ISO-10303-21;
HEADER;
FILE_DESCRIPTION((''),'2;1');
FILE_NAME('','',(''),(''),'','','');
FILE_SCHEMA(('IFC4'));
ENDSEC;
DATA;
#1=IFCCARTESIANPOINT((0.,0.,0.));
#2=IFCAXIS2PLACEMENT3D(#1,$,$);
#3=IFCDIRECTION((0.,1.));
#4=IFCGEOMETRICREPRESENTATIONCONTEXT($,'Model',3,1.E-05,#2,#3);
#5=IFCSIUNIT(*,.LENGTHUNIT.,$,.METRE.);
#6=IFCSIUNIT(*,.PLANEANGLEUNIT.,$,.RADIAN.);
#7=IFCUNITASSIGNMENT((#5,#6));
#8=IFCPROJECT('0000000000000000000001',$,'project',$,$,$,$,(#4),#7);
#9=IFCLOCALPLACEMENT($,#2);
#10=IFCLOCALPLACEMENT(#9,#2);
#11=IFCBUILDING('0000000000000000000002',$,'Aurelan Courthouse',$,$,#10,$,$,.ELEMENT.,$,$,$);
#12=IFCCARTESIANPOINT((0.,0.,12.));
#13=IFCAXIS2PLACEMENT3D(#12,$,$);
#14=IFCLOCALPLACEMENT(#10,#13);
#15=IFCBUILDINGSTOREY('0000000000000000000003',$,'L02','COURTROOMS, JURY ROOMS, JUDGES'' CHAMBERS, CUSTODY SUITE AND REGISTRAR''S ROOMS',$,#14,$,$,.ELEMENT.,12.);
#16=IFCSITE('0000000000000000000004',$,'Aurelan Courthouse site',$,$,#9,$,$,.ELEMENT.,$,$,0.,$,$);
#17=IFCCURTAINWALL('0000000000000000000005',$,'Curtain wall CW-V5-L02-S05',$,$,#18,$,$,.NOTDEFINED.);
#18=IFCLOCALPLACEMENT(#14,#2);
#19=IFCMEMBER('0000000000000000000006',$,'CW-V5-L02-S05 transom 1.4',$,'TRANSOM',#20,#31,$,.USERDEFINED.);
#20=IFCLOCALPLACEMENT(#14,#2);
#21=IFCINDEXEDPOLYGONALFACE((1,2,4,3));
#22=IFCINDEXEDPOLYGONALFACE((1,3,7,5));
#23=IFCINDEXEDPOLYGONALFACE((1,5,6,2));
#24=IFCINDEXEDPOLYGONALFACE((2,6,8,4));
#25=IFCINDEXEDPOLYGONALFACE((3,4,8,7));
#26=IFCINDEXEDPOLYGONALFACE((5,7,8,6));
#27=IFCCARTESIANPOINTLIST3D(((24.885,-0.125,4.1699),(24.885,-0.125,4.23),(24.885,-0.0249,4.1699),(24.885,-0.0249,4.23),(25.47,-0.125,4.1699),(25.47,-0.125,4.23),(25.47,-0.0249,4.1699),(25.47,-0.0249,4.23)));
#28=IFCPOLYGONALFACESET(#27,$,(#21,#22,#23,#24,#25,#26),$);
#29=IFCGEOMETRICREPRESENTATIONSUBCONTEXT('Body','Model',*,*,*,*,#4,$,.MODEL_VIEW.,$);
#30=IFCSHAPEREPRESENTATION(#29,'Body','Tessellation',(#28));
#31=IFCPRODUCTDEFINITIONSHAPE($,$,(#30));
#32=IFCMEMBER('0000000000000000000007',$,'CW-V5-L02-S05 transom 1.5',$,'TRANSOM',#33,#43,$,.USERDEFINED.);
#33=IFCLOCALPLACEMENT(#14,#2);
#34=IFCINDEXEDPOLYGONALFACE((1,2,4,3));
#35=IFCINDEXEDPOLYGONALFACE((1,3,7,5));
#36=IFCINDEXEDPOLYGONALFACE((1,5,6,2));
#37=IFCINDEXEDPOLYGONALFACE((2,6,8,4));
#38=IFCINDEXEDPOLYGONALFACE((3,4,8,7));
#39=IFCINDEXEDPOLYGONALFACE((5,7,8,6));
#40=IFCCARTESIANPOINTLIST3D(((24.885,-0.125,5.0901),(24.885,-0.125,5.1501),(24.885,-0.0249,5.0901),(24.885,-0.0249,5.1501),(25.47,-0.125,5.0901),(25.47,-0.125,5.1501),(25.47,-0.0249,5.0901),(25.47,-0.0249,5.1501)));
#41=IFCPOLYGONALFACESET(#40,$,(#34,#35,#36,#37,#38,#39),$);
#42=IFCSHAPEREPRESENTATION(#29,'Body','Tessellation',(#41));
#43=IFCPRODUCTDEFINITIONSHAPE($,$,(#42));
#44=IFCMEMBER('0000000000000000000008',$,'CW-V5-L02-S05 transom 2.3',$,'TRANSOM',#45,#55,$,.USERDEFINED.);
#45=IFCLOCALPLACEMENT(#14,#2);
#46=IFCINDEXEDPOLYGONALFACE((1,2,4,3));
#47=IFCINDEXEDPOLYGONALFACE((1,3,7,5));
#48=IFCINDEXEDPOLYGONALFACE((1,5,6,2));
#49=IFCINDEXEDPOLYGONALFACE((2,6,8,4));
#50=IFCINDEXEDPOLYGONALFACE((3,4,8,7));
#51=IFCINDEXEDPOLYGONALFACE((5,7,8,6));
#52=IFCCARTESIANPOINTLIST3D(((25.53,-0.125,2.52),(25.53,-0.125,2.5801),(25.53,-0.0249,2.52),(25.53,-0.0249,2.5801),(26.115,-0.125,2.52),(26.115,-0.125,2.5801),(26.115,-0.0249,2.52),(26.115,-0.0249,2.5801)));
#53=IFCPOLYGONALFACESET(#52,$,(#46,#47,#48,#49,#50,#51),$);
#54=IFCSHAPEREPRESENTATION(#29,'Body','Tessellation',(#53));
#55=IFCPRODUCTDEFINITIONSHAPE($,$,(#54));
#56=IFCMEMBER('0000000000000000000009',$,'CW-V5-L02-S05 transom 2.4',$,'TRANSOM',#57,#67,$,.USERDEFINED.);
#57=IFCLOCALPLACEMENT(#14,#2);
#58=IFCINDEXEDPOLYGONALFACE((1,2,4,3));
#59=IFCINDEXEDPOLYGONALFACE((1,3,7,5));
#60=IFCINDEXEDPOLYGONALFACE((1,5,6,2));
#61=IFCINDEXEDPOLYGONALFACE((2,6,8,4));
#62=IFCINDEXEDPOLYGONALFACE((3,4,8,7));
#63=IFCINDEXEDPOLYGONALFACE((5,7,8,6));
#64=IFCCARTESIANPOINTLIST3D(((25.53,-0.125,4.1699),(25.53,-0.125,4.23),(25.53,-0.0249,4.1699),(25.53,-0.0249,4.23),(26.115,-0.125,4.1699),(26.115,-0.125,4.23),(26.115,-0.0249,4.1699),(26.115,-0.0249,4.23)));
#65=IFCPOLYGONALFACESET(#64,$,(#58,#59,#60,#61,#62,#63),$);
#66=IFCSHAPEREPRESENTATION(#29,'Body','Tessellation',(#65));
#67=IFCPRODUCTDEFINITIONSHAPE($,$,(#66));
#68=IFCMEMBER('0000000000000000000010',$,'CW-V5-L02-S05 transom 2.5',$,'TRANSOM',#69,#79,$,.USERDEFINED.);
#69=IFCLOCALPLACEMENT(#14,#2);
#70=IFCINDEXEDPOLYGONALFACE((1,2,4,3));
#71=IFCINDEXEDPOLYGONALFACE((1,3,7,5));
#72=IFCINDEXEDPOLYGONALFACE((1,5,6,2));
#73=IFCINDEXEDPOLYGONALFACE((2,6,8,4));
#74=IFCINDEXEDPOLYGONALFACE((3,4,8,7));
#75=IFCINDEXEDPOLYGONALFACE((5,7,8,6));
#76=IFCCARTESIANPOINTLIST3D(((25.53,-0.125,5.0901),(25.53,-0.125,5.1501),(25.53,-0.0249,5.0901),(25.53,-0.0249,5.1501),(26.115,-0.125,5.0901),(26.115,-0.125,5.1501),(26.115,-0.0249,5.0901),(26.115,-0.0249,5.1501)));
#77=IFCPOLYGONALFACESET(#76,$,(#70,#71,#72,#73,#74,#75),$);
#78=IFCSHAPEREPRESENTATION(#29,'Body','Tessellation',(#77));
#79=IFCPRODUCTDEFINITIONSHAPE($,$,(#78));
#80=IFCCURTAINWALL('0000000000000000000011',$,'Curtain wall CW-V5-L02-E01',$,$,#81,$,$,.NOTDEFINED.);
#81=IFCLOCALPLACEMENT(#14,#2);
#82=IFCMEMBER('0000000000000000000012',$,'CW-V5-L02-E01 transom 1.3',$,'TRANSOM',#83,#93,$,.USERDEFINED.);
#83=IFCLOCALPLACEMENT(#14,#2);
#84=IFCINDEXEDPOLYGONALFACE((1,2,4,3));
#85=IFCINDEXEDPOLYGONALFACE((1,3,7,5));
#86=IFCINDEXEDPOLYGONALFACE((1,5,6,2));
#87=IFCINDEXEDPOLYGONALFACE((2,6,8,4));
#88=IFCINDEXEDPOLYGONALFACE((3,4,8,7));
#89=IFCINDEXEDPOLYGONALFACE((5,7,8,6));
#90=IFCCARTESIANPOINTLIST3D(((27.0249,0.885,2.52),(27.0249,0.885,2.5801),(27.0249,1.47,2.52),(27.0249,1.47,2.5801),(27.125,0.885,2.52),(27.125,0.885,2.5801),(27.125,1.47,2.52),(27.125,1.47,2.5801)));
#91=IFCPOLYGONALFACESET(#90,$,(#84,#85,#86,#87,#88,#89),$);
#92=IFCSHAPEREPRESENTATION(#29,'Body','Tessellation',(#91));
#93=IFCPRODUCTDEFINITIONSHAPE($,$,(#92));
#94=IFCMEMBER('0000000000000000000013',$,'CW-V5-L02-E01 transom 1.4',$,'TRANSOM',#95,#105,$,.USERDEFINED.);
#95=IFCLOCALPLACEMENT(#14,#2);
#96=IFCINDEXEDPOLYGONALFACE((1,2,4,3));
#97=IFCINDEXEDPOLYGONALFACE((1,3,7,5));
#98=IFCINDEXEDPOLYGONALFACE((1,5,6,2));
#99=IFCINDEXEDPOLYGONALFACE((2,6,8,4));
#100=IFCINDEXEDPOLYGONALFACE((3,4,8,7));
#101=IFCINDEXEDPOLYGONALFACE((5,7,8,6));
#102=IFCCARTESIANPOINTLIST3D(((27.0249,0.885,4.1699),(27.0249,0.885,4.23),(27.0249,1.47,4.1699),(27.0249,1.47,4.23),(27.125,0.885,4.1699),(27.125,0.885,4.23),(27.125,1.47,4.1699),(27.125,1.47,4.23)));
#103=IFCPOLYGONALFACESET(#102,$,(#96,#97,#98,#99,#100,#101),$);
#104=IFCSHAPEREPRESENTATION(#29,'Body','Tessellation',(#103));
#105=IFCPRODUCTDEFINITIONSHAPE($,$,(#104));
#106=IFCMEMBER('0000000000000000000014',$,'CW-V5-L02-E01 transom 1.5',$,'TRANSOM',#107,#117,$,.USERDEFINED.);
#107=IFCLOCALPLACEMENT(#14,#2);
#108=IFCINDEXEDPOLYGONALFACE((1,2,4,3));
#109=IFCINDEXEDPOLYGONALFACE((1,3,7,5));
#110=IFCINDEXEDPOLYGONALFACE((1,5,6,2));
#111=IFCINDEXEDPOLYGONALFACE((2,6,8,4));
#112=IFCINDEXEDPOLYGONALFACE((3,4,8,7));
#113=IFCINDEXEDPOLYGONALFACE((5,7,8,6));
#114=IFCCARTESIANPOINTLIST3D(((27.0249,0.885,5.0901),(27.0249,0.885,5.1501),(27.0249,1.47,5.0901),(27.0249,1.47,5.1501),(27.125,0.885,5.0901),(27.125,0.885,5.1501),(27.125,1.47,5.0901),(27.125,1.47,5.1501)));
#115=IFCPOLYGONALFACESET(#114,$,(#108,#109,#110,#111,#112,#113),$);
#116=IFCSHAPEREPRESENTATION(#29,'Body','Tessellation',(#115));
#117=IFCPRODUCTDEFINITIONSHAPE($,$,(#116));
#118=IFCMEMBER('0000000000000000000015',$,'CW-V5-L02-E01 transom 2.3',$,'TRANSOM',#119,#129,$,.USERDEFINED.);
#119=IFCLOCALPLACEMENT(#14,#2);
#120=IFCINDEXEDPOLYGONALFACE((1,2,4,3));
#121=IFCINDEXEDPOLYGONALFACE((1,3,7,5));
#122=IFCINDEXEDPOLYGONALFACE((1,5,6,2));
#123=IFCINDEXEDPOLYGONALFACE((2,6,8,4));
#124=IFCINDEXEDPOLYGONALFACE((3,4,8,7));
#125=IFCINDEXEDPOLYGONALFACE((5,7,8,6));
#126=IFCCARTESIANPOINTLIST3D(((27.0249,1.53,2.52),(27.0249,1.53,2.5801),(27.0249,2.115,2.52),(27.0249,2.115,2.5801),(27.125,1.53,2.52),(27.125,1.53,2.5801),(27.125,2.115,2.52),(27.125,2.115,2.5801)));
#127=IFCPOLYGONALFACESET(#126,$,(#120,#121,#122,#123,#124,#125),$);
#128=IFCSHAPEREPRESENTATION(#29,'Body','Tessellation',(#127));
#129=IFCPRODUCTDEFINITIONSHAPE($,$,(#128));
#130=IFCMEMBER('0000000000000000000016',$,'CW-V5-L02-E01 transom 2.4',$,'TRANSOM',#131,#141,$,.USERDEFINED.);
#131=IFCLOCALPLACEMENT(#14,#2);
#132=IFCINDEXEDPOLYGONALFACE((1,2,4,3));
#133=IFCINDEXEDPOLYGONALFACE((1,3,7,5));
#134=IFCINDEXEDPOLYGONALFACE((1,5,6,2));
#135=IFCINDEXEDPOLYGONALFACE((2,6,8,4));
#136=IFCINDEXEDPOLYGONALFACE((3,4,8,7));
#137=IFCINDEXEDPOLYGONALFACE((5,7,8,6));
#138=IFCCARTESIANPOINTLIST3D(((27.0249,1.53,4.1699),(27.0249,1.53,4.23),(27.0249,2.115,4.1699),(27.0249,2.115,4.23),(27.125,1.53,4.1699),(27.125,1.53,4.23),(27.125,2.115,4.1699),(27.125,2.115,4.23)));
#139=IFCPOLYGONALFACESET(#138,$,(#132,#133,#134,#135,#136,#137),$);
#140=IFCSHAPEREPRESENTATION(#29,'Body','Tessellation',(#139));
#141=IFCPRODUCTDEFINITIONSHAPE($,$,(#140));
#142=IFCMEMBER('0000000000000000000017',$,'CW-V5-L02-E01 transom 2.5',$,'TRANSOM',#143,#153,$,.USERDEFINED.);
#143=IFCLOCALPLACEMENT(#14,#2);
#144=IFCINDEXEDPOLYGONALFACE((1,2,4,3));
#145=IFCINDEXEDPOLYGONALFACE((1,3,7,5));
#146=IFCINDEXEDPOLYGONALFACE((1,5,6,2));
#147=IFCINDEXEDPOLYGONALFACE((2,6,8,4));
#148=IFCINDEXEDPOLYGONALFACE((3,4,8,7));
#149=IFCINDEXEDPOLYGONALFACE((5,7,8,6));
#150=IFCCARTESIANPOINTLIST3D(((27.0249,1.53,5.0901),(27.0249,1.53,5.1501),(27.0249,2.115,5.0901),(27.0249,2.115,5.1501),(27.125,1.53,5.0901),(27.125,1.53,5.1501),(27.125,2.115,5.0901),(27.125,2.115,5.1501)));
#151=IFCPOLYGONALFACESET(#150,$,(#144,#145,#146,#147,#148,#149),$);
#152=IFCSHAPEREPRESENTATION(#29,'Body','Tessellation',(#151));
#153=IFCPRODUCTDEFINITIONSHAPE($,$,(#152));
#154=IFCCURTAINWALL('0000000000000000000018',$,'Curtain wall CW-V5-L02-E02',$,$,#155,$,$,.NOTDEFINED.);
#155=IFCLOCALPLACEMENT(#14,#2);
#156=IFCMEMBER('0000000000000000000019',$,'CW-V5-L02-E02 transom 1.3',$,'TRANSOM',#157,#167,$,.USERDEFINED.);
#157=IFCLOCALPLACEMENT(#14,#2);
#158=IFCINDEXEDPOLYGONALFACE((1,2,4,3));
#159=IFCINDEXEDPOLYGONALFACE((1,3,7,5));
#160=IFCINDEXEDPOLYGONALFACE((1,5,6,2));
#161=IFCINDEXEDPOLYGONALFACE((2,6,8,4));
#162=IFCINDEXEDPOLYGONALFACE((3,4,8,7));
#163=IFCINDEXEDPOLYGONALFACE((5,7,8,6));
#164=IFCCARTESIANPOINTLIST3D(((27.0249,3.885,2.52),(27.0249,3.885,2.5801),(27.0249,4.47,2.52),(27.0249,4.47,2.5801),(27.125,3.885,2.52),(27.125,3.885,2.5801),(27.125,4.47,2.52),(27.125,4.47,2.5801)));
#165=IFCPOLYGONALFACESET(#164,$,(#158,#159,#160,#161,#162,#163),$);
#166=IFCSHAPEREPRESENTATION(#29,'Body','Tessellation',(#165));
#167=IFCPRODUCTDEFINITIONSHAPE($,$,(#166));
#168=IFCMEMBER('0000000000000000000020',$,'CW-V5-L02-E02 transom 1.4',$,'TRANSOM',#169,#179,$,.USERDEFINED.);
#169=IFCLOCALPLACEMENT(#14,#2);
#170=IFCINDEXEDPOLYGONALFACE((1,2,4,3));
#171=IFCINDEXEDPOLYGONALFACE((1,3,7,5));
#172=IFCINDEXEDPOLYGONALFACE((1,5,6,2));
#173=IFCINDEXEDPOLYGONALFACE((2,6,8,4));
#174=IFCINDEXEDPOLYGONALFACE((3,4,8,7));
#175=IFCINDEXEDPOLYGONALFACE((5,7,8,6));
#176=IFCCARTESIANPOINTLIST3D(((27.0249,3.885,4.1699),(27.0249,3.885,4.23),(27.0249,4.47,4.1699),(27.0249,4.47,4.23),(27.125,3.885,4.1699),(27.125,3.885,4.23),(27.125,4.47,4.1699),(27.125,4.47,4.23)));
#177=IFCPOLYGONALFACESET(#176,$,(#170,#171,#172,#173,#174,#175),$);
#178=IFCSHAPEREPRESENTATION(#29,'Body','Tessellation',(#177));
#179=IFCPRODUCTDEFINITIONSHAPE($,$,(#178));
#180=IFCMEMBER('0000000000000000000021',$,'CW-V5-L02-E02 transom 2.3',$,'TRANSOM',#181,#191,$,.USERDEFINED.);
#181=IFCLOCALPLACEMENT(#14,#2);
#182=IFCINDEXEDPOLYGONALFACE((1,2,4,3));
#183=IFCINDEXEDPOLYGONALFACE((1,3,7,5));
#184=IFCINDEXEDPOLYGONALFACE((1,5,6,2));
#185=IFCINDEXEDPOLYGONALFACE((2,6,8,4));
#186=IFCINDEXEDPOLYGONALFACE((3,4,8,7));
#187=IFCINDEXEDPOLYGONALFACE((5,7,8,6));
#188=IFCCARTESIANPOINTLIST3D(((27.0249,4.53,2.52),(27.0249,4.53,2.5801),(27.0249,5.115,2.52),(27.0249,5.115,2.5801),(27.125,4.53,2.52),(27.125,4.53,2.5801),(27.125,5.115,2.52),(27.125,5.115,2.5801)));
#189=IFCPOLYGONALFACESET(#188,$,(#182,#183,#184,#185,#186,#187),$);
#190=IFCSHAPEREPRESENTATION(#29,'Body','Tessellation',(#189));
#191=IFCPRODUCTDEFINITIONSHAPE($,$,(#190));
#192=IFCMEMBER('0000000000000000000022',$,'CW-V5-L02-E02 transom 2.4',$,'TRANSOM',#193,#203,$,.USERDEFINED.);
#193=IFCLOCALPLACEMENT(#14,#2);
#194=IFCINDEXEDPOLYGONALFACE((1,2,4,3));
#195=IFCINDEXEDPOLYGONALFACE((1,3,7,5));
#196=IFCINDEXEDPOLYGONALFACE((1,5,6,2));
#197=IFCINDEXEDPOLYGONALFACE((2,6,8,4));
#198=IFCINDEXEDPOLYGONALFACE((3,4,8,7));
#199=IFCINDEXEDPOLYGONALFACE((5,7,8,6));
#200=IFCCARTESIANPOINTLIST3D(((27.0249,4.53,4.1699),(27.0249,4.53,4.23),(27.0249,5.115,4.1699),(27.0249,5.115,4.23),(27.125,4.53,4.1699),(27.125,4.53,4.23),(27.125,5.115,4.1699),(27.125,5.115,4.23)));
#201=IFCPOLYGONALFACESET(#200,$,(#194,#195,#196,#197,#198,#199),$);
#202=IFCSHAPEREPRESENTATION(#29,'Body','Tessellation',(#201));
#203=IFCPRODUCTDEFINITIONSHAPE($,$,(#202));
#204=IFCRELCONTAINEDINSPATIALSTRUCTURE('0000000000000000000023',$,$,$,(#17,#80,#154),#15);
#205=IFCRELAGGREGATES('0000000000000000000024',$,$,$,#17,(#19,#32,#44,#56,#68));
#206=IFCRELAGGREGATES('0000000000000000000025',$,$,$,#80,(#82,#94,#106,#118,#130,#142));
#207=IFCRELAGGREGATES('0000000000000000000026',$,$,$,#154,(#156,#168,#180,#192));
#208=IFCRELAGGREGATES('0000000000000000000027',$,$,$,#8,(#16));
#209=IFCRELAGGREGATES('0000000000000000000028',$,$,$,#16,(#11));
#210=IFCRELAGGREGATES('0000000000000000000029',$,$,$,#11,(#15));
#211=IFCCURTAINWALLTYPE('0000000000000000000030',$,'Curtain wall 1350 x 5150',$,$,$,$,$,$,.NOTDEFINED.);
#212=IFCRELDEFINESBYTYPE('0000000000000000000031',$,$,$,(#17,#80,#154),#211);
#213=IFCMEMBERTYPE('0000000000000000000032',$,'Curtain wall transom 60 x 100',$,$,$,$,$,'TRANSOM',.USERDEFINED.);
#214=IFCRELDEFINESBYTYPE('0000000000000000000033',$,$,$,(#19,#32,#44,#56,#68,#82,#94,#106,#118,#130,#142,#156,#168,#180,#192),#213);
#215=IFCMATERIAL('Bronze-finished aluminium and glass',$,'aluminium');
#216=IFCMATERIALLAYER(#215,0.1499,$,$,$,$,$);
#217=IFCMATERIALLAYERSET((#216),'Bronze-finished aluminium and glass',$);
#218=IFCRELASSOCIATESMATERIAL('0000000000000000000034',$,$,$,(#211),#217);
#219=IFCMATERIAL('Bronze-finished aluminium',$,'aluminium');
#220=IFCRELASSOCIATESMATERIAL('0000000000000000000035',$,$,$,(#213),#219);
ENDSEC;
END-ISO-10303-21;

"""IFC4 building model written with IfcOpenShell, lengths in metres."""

from ifc_helpers import new_model, si_unit, direction, frame, origin, origin_2d, place, context, subcontext, project, spatial, rectangle, extrude, material, layer, layer_set, material_profile, profile_set, type_object, element, aggregate, save


model = new_model("IFC4")

# Units and contexts
model_context = context("Model", 3, precision=1e-05, world=origin(), true_north=direction((0.0, 1.0)))
body_context = subcontext(model_context, "Body", "Model", "MODEL_VIEW")
ifc_project = project(units=[si_unit("LENGTHUNIT", "METRE"), si_unit("PLANEANGLEUNIT", "RADIAN")], contexts=[model_context])

# Site, building, storey
site_placement = place(None, origin())
site = spatial("IfcSite", under=ifc_project, at=site_placement, Name="Aurelan Courthouse site", CompositionType="ELEMENT", RefElevation=0.0)
building_placement = place(site_placement, origin())
building = spatial("IfcBuilding", under=site, at=building_placement, Name="Aurelan Courthouse", CompositionType="ELEMENT")
storey_placement = place(building_placement, frame((0.0, 0.0, 12.0)))
storey = spatial("IfcBuildingStorey", under=building, at=storey_placement, Name="L02", Description="COURTROOMS, JURY ROOMS, JUDGES' CHAMBERS, CUSTODY SUITE AND REGISTRAR'S ROOMS", CompositionType="ELEMENT", Elevation=12.0)

# Curtain walls, members
ifc_material_1 = material(Name="Bronze-finished aluminium and glass", Category="aluminium")
ifc_layer_1 = layer(ifc_material_1, 0.1499)
ifc_layer_set_1 = layer_set([ifc_layer_1], Name="Bronze-finished aluminium and glass")
curtain_wall_type = type_object("IfcCurtainWallType", Name="Curtain wall 1350 x 5150", PredefinedType="NOTDEFINED", material=ifc_layer_set_1)
curtain_wall_1_placement = place(storey_placement, origin())
curtain_wall_1 = element("IfcCurtainWall", 1, at=curtain_wall_1_placement, inside=storey, type_object=curtain_wall_type, Name="Curtain wall CW-V5-L02-S05", PredefinedType="NOTDEFINED")
ifc_material_2 = material(Name="Bronze-finished aluminium", Category="aluminium")
ifc_material_profile = material_profile(ifc_material_2, rectangle(XDim=0.1001, YDim=0.0601, at=origin_2d()), Name="Bronze transom 60 x 100")
ifc_profile_set = profile_set([ifc_material_profile], Name="Bronze-finished aluminium")
member_type = type_object("IfcMemberType", Name="Curtain wall transom 60 x 100", ElementType="TRANSOM", PredefinedType="USERDEFINED", material=ifc_profile_set)
member_1_placement = place(storey_placement, frame((24.885, -0.075, 4.2), z_axis=(1.0, 0.0, 0.0), x_axis=(0.0, 1.0, 0.0)))
member_1 = element("IfcMember", 2, at=member_1_placement, type_object=member_type, Name="CW-V5-L02-S05 transom 1.4", ObjectType="TRANSOM", PredefinedType="USERDEFINED", context=body_context, shape_type="SweptSolid", body=[
    extrude(rectangle(XDim=0.1001, YDim=0.0601, at=origin_2d()), origin(), (0.0, 0.0, 1.0), 0.585),
])
member_2_placement = place(storey_placement, frame((24.885, -0.075, 5.1201), z_axis=(1.0, 0.0, 0.0), x_axis=(0.0, 1.0, 0.0)))
member_2 = element("IfcMember", 3, at=member_2_placement, type_object=member_type, Name="CW-V5-L02-S05 transom 1.5", ObjectType="TRANSOM", PredefinedType="USERDEFINED", context=body_context, shape_type="SweptSolid", body=[
    extrude(rectangle(XDim=0.1001, YDim=0.0601, at=origin_2d()), origin(), (0.0, 0.0, 1.0), 0.585),
])
member_3_placement = place(storey_placement, frame((25.53, -0.075, 2.55), z_axis=(1.0, 0.0, 0.0), x_axis=(0.0, 1.0, 0.0)))
member_3 = element("IfcMember", 4, at=member_3_placement, type_object=member_type, Name="CW-V5-L02-S05 transom 2.3", ObjectType="TRANSOM", PredefinedType="USERDEFINED", context=body_context, shape_type="SweptSolid", body=[
    extrude(rectangle(XDim=0.1001, YDim=0.0601, at=origin_2d()), origin(), (0.0, 0.0, 1.0), 0.585),
])
member_4_placement = place(storey_placement, frame((25.53, -0.075, 4.2), z_axis=(1.0, 0.0, 0.0), x_axis=(0.0, 1.0, 0.0)))
member_4 = element("IfcMember", 5, at=member_4_placement, type_object=member_type, Name="CW-V5-L02-S05 transom 2.4", ObjectType="TRANSOM", PredefinedType="USERDEFINED", context=body_context, shape_type="SweptSolid", body=[
    extrude(rectangle(XDim=0.1001, YDim=0.0601, at=origin_2d()), origin(), (0.0, 0.0, 1.0), 0.585),
])
member_5_placement = place(storey_placement, frame((25.53, -0.075, 5.1201), z_axis=(1.0, 0.0, 0.0), x_axis=(0.0, 1.0, 0.0)))
member_5 = element("IfcMember", 6, at=member_5_placement, type_object=member_type, Name="CW-V5-L02-S05 transom 2.5", ObjectType="TRANSOM", PredefinedType="USERDEFINED", context=body_context, shape_type="SweptSolid", body=[
    extrude(rectangle(XDim=0.1001, YDim=0.0601, at=origin_2d()), origin(), (0.0, 0.0, 1.0), 0.585),
])
curtain_wall_2_placement = place(storey_placement, origin())
curtain_wall_2 = element("IfcCurtainWall", 7, at=curtain_wall_2_placement, inside=storey, type_object=curtain_wall_type, Name="Curtain wall CW-V5-L02-E01", PredefinedType="NOTDEFINED")
member_6_placement = place(storey_placement, frame((27.075, 0.885, 2.55), z_axis=(0.0, 1.0, 0.0), x_axis=(-1.0, 0.0, 0.0)))
member_6 = element("IfcMember", 8, at=member_6_placement, type_object=member_type, Name="CW-V5-L02-E01 transom 1.3", ObjectType="TRANSOM", PredefinedType="USERDEFINED", context=body_context, shape_type="SweptSolid", body=[
    extrude(rectangle(XDim=0.1001, YDim=0.0601, at=origin_2d()), origin(), (0.0, 0.0, 1.0), 0.585),
])
member_7_placement = place(storey_placement, frame((27.075, 0.885, 4.2), z_axis=(0.0, 1.0, 0.0), x_axis=(-1.0, 0.0, 0.0)))
member_7 = element("IfcMember", 9, at=member_7_placement, type_object=member_type, Name="CW-V5-L02-E01 transom 1.4", ObjectType="TRANSOM", PredefinedType="USERDEFINED", context=body_context, shape_type="SweptSolid", body=[
    extrude(rectangle(XDim=0.1001, YDim=0.0601, at=origin_2d()), origin(), (0.0, 0.0, 1.0), 0.585),
])
member_8_placement = place(storey_placement, frame((27.075, 0.885, 5.1201), z_axis=(0.0, 1.0, 0.0), x_axis=(-1.0, 0.0, 0.0)))
member_8 = element("IfcMember", 10, at=member_8_placement, type_object=member_type, Name="CW-V5-L02-E01 transom 1.5", ObjectType="TRANSOM", PredefinedType="USERDEFINED", context=body_context, shape_type="SweptSolid", body=[
    extrude(rectangle(XDim=0.1001, YDim=0.0601, at=origin_2d()), origin(), (0.0, 0.0, 1.0), 0.585),
])
member_9_placement = place(storey_placement, frame((27.075, 1.53, 2.55), z_axis=(0.0, 1.0, 0.0), x_axis=(-1.0, 0.0, 0.0)))
member_9 = element("IfcMember", 11, at=member_9_placement, type_object=member_type, Name="CW-V5-L02-E01 transom 2.3", ObjectType="TRANSOM", PredefinedType="USERDEFINED", context=body_context, shape_type="SweptSolid", body=[
    extrude(rectangle(XDim=0.1001, YDim=0.0601, at=origin_2d()), origin(), (0.0, 0.0, 1.0), 0.585),
])
member_10_placement = place(storey_placement, frame((27.075, 1.53, 4.2), z_axis=(0.0, 1.0, 0.0), x_axis=(-1.0, 0.0, 0.0)))
member_10 = element("IfcMember", 12, at=member_10_placement, type_object=member_type, Name="CW-V5-L02-E01 transom 2.4", ObjectType="TRANSOM", PredefinedType="USERDEFINED", context=body_context, shape_type="SweptSolid", body=[
    extrude(rectangle(XDim=0.1001, YDim=0.0601, at=origin_2d()), origin(), (0.0, 0.0, 1.0), 0.585),
])
member_11_placement = place(storey_placement, frame((27.075, 1.53, 5.1201), z_axis=(0.0, 1.0, 0.0), x_axis=(-1.0, 0.0, 0.0)))
member_11 = element("IfcMember", 13, at=member_11_placement, type_object=member_type, Name="CW-V5-L02-E01 transom 2.5", ObjectType="TRANSOM", PredefinedType="USERDEFINED", context=body_context, shape_type="SweptSolid", body=[
    extrude(rectangle(XDim=0.1001, YDim=0.0601, at=origin_2d()), origin(), (0.0, 0.0, 1.0), 0.585),
])
curtain_wall_3_placement = place(storey_placement, origin())
curtain_wall_3 = element("IfcCurtainWall", 14, at=curtain_wall_3_placement, inside=storey, type_object=curtain_wall_type, Name="Curtain wall CW-V5-L02-E02", PredefinedType="NOTDEFINED")
member_12_placement = place(storey_placement, frame((27.075, 3.885, 2.55), z_axis=(0.0, 1.0, 0.0), x_axis=(-1.0, 0.0, 0.0)))
member_12 = element("IfcMember", 15, at=member_12_placement, type_object=member_type, Name="CW-V5-L02-E02 transom 1.3", ObjectType="TRANSOM", PredefinedType="USERDEFINED", context=body_context, shape_type="SweptSolid", body=[
    extrude(rectangle(XDim=0.1001, YDim=0.0601, at=origin_2d()), origin(), (0.0, 0.0, 1.0), 0.585),
])
member_13_placement = place(storey_placement, frame((27.075, 3.885, 4.2), z_axis=(0.0, 1.0, 0.0), x_axis=(-1.0, 0.0, 0.0)))
member_13 = element("IfcMember", 16, at=member_13_placement, type_object=member_type, Name="CW-V5-L02-E02 transom 1.4", ObjectType="TRANSOM", PredefinedType="USERDEFINED", context=body_context, shape_type="SweptSolid", body=[
    extrude(rectangle(XDim=0.1001, YDim=0.0601, at=origin_2d()), origin(), (0.0, 0.0, 1.0), 0.585),
])
member_14_placement = place(storey_placement, frame((27.075, 4.53, 2.55), z_axis=(0.0, 1.0, 0.0), x_axis=(-1.0, 0.0, 0.0)))
member_14 = element("IfcMember", 17, at=member_14_placement, type_object=member_type, Name="CW-V5-L02-E02 transom 2.3", ObjectType="TRANSOM", PredefinedType="USERDEFINED", context=body_context, shape_type="SweptSolid", body=[
    extrude(rectangle(XDim=0.1001, YDim=0.0601, at=origin_2d()), origin(), (0.0, 0.0, 1.0), 0.585),
])
member_15_placement = place(storey_placement, frame((27.075, 4.53, 4.2), z_axis=(0.0, 1.0, 0.0), x_axis=(-1.0, 0.0, 0.0)))
member_15 = element("IfcMember", 18, at=member_15_placement, type_object=member_type, Name="CW-V5-L02-E02 transom 2.4", ObjectType="TRANSOM", PredefinedType="USERDEFINED", context=body_context, shape_type="SweptSolid", body=[
    extrude(rectangle(XDim=0.1001, YDim=0.0601, at=origin_2d()), origin(), (0.0, 0.0, 1.0), 0.585),
])

aggregate(curtain_wall_1, [member_1, member_2, member_3, member_4, member_5])
aggregate(curtain_wall_2, [member_6, member_7, member_8, member_9, member_10, member_11])
aggregate(curtain_wall_3, [member_12, member_13, member_14, member_15])

save(model, "model.ifc")
